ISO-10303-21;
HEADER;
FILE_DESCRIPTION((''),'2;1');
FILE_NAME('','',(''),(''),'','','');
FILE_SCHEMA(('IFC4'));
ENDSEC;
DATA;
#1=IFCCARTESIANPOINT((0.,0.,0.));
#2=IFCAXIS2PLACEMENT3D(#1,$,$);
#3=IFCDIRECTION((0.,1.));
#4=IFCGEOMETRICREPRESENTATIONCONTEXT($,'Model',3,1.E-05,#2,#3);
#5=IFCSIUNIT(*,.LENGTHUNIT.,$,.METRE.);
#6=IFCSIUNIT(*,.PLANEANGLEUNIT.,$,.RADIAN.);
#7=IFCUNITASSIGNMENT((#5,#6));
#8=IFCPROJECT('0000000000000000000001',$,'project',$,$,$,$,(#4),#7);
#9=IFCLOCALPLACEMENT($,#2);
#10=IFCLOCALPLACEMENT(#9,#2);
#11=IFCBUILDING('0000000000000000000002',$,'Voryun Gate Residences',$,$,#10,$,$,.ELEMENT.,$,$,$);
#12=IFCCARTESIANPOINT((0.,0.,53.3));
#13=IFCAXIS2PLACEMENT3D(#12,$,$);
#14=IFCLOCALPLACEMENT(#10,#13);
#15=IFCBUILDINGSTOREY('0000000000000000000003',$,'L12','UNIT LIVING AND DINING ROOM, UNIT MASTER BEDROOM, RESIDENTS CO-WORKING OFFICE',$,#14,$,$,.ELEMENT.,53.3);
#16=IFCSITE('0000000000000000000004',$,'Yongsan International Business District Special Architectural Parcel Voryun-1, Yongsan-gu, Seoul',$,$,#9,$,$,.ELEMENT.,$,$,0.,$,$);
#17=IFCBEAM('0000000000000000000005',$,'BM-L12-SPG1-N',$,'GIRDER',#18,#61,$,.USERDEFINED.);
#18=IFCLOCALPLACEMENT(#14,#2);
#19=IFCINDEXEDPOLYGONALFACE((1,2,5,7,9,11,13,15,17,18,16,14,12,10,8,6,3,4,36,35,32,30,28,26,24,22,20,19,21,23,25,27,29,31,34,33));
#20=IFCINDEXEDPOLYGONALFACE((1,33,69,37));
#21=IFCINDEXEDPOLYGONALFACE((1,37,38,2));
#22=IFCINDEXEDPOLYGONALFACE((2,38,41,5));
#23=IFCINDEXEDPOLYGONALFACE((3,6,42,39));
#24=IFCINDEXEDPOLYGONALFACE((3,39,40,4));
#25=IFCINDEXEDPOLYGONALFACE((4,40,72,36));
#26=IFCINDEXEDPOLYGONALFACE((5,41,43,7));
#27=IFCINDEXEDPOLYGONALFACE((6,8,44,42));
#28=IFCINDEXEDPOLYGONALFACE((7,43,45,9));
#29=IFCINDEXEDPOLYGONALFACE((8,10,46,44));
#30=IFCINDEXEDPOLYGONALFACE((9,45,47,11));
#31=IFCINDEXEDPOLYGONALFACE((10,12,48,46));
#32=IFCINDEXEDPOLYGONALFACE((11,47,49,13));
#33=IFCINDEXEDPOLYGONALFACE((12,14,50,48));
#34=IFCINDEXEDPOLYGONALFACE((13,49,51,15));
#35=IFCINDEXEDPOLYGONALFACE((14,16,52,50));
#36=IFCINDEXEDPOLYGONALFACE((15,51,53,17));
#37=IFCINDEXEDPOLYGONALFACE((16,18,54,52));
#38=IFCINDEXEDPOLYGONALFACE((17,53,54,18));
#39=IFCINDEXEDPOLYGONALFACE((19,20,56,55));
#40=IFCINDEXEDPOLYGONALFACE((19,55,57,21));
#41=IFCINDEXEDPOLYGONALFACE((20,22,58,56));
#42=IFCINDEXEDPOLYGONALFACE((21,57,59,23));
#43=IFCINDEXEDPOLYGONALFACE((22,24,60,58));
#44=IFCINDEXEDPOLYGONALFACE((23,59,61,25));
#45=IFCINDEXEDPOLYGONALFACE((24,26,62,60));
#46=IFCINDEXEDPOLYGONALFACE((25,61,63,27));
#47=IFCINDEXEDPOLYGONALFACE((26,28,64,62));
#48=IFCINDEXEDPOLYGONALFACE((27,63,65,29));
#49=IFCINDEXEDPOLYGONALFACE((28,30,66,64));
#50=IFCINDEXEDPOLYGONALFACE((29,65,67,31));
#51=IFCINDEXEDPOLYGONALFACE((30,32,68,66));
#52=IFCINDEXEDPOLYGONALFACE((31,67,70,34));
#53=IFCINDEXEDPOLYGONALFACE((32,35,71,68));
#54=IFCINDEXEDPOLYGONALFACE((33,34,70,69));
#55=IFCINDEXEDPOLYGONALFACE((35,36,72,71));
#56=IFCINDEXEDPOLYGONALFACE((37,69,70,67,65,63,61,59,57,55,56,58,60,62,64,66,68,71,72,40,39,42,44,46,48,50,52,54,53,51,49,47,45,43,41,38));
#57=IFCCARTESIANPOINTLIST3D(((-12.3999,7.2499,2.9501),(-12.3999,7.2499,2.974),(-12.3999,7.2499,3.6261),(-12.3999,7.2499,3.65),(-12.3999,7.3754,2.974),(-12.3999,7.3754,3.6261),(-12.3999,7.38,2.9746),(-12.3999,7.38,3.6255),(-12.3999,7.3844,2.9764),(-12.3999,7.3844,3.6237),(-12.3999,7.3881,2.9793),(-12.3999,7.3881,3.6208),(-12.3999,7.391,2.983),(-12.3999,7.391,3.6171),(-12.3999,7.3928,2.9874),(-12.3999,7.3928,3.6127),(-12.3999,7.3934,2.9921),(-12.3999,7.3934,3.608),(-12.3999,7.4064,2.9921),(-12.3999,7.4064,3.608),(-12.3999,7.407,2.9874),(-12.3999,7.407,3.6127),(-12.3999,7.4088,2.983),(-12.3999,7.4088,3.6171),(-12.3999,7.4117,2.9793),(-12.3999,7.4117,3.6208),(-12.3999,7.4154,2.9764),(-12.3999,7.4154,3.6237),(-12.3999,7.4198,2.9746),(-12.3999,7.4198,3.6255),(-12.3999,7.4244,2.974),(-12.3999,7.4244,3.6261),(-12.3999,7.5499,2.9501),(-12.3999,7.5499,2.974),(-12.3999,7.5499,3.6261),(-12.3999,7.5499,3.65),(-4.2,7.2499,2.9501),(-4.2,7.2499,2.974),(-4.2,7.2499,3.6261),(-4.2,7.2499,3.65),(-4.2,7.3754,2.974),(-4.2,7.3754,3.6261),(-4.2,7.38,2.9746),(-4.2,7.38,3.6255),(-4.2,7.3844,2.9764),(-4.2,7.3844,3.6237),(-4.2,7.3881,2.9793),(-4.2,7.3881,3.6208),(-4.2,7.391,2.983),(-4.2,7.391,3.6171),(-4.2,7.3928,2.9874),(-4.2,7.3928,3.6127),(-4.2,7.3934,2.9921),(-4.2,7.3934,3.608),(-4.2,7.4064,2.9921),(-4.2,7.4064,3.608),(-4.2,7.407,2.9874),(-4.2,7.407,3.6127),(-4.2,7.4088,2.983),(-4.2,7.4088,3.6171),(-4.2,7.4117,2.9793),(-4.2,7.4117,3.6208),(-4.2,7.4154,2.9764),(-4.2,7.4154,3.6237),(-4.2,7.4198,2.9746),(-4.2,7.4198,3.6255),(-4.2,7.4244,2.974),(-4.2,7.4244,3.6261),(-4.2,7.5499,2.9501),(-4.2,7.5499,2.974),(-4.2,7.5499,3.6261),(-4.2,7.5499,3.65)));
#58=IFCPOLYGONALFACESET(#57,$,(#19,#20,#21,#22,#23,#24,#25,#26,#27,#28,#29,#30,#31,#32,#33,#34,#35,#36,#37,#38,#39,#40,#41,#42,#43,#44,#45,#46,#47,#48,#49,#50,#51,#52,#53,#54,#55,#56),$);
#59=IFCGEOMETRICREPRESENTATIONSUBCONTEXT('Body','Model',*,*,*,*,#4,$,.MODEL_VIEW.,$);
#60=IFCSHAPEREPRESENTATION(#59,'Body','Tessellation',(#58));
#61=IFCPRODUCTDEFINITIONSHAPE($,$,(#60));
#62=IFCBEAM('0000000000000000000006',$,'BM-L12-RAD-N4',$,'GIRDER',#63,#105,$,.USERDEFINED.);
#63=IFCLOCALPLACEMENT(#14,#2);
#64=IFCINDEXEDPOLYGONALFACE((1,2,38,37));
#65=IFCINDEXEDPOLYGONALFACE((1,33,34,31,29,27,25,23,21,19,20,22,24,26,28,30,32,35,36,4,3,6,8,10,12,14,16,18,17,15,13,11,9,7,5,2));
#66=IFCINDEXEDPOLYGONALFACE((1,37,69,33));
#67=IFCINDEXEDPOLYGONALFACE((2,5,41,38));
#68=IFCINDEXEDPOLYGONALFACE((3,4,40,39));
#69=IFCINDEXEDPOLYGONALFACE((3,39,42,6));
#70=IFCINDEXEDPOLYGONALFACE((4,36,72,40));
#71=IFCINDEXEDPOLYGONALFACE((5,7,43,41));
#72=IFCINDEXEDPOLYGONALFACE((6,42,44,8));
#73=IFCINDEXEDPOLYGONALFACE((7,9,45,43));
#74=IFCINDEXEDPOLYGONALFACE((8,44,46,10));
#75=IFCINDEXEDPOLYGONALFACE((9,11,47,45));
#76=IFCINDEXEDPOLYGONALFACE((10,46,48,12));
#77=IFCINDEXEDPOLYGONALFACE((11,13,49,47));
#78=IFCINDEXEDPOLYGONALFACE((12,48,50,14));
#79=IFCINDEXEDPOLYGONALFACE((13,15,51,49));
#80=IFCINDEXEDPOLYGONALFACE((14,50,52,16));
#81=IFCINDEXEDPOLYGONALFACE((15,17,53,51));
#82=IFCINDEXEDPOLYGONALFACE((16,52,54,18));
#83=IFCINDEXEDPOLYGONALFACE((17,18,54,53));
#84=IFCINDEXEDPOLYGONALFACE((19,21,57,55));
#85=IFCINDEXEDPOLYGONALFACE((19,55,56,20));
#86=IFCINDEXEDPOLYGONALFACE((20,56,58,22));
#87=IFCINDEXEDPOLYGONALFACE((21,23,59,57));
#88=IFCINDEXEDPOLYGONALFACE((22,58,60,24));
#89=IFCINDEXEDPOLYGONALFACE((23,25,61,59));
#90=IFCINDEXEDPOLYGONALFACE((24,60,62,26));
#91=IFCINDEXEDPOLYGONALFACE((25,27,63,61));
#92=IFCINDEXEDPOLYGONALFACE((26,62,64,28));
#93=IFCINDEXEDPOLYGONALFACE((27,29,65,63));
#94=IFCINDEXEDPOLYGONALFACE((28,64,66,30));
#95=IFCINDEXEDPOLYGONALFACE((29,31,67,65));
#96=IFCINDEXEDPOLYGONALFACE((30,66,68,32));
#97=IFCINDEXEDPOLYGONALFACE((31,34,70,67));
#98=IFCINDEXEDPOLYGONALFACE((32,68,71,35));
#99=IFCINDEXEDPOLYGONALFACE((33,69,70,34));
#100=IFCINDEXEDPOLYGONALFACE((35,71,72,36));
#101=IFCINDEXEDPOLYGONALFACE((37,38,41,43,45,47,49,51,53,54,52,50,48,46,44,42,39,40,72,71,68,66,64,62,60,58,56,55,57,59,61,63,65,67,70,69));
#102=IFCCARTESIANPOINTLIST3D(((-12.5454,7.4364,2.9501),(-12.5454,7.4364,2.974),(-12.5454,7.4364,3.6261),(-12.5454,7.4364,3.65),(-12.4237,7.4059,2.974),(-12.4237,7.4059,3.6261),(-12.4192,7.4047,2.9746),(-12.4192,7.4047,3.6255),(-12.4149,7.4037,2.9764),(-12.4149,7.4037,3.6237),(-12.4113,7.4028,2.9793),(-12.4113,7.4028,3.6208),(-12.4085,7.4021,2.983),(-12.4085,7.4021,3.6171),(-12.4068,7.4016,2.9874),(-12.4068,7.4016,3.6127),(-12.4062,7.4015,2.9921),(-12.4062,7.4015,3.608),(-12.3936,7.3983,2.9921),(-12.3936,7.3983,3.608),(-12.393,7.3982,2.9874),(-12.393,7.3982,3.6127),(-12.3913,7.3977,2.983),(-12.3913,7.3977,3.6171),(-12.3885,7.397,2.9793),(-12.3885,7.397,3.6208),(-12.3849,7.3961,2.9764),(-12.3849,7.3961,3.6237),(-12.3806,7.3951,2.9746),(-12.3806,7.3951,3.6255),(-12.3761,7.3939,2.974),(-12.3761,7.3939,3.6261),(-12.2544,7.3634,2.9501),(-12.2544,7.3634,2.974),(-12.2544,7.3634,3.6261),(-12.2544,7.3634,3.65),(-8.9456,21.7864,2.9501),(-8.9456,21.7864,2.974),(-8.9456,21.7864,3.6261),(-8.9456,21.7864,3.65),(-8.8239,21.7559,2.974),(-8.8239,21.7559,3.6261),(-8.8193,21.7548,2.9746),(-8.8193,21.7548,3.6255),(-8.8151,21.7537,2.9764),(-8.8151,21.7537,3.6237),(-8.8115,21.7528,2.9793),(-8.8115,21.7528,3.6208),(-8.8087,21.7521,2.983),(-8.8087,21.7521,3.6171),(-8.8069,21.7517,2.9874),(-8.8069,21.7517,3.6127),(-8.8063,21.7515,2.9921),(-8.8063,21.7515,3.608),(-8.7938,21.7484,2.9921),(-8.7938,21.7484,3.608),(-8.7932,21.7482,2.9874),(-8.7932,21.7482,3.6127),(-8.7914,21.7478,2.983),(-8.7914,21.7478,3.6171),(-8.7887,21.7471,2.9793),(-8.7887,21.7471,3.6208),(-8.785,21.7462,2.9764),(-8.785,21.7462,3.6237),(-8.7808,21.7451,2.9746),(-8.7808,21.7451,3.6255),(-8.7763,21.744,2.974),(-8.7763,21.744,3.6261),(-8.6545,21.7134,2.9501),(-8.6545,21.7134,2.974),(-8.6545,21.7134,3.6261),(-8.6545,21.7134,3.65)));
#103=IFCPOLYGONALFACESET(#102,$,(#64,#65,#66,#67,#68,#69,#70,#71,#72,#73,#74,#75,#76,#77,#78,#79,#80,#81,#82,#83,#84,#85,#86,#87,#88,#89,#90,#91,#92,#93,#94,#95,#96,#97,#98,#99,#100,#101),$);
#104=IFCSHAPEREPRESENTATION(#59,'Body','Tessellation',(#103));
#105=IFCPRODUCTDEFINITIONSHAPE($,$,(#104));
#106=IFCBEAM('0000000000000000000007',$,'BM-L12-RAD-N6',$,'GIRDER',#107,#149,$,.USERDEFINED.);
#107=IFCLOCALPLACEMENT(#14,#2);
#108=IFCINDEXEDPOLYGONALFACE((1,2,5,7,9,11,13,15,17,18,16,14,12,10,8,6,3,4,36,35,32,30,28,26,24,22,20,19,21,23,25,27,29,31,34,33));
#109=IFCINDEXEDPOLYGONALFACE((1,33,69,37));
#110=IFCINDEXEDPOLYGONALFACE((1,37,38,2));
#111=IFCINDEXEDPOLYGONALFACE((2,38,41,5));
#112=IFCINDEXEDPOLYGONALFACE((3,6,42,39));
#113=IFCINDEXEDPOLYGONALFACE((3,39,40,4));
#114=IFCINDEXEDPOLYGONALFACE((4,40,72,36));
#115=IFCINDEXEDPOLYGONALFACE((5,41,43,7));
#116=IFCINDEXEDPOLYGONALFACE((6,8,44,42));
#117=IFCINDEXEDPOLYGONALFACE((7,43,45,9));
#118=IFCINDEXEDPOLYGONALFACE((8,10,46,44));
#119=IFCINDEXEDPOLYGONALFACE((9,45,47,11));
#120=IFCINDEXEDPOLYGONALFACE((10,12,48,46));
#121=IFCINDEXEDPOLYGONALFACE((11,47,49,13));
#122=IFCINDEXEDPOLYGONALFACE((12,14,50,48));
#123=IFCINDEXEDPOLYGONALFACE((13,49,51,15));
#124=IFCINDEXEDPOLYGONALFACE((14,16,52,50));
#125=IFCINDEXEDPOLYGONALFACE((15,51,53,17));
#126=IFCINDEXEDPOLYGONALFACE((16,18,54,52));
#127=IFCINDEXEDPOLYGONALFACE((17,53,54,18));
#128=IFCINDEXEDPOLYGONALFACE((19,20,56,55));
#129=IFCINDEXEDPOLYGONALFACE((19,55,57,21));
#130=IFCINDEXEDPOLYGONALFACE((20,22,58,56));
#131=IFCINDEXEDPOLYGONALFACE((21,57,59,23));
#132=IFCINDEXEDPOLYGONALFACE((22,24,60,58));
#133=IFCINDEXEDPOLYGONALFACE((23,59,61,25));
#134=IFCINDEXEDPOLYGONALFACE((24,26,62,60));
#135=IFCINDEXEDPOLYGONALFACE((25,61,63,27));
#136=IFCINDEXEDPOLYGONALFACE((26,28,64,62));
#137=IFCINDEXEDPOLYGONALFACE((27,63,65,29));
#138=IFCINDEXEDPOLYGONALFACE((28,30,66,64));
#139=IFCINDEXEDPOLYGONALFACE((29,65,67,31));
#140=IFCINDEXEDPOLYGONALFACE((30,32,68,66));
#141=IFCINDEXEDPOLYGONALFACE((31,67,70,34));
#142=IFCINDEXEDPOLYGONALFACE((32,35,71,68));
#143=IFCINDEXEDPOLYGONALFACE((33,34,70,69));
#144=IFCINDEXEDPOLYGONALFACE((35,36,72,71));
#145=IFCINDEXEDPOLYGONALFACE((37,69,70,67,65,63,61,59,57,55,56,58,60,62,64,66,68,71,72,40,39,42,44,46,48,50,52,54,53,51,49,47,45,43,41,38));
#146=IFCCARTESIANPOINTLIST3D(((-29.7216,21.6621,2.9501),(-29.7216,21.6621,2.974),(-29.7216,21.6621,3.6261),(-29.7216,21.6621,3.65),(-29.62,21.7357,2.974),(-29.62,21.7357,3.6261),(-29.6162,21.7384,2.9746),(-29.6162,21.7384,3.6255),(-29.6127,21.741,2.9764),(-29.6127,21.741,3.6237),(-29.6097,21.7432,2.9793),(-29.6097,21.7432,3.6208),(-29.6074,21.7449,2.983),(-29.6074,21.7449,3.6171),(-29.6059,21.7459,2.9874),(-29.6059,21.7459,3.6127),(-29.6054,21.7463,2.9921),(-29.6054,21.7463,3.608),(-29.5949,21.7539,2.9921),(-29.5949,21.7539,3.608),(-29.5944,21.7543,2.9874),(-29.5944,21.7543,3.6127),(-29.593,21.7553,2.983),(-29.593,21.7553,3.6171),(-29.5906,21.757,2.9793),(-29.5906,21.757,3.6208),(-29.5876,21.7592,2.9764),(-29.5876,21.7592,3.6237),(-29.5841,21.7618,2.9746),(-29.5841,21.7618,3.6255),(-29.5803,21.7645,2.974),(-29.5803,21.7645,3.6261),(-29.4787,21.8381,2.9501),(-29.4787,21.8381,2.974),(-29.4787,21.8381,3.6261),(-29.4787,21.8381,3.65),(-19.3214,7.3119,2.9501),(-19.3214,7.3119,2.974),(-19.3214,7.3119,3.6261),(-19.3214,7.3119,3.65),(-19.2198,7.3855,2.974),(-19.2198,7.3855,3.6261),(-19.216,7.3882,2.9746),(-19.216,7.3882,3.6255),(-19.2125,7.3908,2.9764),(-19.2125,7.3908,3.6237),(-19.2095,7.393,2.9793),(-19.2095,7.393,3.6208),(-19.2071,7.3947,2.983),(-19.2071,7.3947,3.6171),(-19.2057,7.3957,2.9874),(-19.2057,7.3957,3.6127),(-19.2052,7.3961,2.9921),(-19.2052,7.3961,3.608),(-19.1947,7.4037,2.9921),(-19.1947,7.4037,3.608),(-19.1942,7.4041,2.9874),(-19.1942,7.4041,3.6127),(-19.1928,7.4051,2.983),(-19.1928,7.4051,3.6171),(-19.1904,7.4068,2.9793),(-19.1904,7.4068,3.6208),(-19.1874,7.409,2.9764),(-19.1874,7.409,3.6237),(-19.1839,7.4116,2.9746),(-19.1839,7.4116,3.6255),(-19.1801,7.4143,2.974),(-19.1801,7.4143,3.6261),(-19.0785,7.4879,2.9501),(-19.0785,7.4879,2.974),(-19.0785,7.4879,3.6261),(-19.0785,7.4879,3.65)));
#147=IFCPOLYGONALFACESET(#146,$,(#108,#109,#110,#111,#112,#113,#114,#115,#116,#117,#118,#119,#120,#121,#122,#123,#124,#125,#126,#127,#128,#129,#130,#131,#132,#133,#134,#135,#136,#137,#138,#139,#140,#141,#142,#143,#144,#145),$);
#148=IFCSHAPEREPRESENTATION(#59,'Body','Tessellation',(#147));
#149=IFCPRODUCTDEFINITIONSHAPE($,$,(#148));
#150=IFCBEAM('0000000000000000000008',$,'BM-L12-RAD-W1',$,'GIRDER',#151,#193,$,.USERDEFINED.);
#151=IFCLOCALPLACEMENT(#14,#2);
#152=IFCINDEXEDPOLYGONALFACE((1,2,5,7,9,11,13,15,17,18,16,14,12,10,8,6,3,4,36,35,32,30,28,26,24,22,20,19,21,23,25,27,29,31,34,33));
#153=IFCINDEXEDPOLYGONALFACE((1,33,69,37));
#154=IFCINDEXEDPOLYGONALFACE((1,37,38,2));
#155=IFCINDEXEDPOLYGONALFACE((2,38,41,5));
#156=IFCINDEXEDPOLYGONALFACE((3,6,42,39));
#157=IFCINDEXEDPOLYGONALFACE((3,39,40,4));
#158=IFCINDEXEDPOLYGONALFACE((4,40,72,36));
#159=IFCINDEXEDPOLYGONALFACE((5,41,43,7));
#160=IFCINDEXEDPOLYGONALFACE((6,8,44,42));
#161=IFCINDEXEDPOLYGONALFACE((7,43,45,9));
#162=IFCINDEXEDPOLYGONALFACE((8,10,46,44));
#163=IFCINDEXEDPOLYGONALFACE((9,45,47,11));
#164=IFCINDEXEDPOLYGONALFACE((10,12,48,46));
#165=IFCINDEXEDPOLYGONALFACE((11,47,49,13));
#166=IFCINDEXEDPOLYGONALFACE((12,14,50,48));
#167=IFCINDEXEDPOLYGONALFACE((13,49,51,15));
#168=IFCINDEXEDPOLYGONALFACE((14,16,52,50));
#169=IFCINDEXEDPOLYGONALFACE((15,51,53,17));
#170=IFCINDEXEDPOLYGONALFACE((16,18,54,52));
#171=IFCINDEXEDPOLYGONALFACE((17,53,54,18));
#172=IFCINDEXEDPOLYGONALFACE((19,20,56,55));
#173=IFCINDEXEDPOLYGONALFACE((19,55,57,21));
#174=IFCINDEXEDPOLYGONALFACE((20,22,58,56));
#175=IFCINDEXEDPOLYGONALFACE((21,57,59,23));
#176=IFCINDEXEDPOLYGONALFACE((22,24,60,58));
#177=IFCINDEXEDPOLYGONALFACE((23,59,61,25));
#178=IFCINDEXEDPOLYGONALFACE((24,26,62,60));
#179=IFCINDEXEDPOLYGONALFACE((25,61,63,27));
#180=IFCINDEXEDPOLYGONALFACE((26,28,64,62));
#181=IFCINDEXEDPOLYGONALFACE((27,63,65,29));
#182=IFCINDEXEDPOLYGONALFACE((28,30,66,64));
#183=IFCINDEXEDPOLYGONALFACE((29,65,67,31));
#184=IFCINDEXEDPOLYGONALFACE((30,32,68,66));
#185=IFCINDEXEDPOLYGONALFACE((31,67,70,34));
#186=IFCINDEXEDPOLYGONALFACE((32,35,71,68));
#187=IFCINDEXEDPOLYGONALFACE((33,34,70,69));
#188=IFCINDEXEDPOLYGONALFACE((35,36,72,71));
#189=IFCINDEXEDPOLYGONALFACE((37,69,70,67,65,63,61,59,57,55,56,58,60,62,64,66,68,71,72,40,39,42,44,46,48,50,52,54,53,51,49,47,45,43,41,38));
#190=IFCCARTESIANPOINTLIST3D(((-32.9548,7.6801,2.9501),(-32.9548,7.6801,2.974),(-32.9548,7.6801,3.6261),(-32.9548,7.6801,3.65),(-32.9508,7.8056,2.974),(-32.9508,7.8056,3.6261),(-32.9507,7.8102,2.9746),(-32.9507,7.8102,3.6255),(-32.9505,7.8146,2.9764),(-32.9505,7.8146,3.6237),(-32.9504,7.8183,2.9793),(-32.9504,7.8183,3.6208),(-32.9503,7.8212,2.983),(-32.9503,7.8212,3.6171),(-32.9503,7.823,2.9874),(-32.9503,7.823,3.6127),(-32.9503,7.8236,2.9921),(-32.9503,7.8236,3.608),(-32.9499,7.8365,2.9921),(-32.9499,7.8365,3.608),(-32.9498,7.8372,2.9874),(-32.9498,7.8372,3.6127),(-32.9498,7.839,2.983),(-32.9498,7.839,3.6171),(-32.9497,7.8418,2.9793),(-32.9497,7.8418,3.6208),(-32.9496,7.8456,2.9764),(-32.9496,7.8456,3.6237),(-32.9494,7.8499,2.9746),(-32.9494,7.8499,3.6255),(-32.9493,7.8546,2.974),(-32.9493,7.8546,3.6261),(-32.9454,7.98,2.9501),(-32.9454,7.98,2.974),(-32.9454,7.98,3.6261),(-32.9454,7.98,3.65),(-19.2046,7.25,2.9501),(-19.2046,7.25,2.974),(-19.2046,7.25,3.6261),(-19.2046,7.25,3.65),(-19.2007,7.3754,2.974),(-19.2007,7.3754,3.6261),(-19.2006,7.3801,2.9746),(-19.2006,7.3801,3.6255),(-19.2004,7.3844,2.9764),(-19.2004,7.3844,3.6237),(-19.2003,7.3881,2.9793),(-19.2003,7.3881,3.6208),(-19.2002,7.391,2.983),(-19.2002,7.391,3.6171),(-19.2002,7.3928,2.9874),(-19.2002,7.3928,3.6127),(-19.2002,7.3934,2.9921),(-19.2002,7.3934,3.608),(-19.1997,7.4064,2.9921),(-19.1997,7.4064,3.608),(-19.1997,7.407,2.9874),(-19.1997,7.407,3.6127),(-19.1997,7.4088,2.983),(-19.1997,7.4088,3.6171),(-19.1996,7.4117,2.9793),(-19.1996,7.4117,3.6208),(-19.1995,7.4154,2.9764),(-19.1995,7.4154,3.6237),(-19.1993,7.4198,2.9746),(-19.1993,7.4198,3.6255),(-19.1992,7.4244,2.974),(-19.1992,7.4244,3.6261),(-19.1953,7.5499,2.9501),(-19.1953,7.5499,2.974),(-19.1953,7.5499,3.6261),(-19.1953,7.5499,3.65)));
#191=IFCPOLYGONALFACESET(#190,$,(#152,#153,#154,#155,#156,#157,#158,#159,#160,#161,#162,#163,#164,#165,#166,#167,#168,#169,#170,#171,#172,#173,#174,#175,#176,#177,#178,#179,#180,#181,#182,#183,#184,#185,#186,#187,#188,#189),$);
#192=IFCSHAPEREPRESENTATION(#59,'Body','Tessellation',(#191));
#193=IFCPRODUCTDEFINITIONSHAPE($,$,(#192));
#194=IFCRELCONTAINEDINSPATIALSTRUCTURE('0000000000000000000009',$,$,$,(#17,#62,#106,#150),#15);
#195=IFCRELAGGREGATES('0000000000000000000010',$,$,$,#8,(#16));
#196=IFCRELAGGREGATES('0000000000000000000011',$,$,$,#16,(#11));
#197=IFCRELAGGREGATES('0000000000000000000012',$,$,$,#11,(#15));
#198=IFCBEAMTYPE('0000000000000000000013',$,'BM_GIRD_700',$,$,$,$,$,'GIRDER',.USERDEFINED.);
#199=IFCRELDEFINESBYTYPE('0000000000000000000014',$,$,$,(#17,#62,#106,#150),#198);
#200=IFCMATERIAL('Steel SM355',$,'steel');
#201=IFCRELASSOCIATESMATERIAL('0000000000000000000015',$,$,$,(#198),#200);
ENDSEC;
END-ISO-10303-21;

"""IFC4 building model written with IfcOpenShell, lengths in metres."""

from ifc_helpers import new_model, si_unit, direction, frame, origin, origin_2d, place, context, subcontext, project, spatial, i_section, extrude, material, material_profile, profile_set, type_object, element, save


model = new_model("IFC4")

# Units and contexts
model_context = context("Model", 3, precision=1e-05, world=origin(), true_north=direction((0.0, 1.0)))
body_context = subcontext(model_context, "Body", "Model", "MODEL_VIEW")
ifc_project = project(units=[si_unit("LENGTHUNIT", "METRE"), si_unit("PLANEANGLEUNIT", "RADIAN")], contexts=[model_context])

# Site, building, storey
site_placement = place(None, origin())
site = spatial("IfcSite", under=ifc_project, at=site_placement, Name="Yongsan International Business District Special Architectural Parcel Voryun-1, Yongsan-gu, Seoul", CompositionType="ELEMENT", RefElevation=0.0)
building_placement = place(site_placement, origin())
building = spatial("IfcBuilding", under=site, at=building_placement, Name="Voryun Gate Residences", CompositionType="ELEMENT")
storey_placement = place(building_placement, frame((0.0, 0.0, 53.3)))
storey = spatial("IfcBuildingStorey", under=building, at=storey_placement, Name="L12", Description="UNIT LIVING AND DINING ROOM, UNIT MASTER BEDROOM, RESIDENTS CO-WORKING OFFICE", CompositionType="ELEMENT", Elevation=53.3)

# Beams
ifc_material_1 = material(Name="Steel SM355", Category="steel")
ifc_material_profile_1 = material_profile(ifc_material_1, i_section(OverallWidth=0.3, OverallDepth=0.7, WebThickness=0.0129, FlangeThickness=0.0239, FilletRadius=0.0181, at=origin_2d()), Name="H-700x300x13x24")
ifc_profile_set_1 = profile_set([ifc_material_profile_1], Name="Steel SM355")
beam_type_1 = type_object("IfcBeamType", Name="BM_GIRD_700", ElementType="GIRDER", PredefinedType="USERDEFINED", material=ifc_profile_set_1)
beam_1_placement = place(storey_placement, frame((-12.3999, 7.3999, 3.3), z_axis=(1.0, 0.0, 0.0), x_axis=(0.0, 1.0, 0.0)))
element("IfcBeam", 1, at=beam_1_placement, inside=storey, type_object=beam_type_1, Name="BM-L12-SPG1-N", ObjectType="GIRDER", PredefinedType="USERDEFINED", context=body_context, shape_type="SweptSolid", body=[
    extrude(i_section(OverallWidth=0.3, OverallDepth=0.7, WebThickness=0.0129, FlangeThickness=0.0239, FilletRadius=0.0181, at=origin_2d()), origin(), (0.0, 0.0, 1.0), 8.2),
])
beam_2_placement = place(storey_placement, frame((-12.3999, 7.3999, 3.3), z_axis=(0.24332, 0.969946, 0.0), x_axis=(-0.969946, 0.24332, 0.0)))
element("IfcBeam", 2, at=beam_2_placement, inside=storey, type_object=beam_type_1, Name="BM-L12-RAD-N4", ObjectType="GIRDER", PredefinedType="USERDEFINED", context=body_context, shape_type="SweptSolid", body=[
    extrude(i_section(OverallWidth=0.3, OverallDepth=0.7, WebThickness=0.0129, FlangeThickness=0.0239, FilletRadius=0.0181, at=origin_2d()), origin(), (0.0, 0.0, 1.0), 14.7947),
])
beam_3_placement = place(storey_placement, frame((-19.2, 7.3999, 3.3), z_axis=(-0.586832, 0.809709, 0.0), x_axis=(-0.809709, -0.586832, 0.0)))
element("IfcBeam", 3, at=beam_3_placement, inside=storey, type_object=beam_type_1, Name="BM-L12-RAD-N6", ObjectType="GIRDER", PredefinedType="USERDEFINED", context=body_context, shape_type="SweptSolid", body=[
    extrude(i_section(OverallWidth=0.3, OverallDepth=0.7, WebThickness=0.0129, FlangeThickness=0.0239, FilletRadius=0.0181, at=origin_2d()), origin(), (0.0, 0.0, 1.0), 17.7227),
])
beam_4_placement = place(storey_placement, frame((-19.2, 7.3999, 3.3), z_axis=(-0.999511, 0.03127, 0.0), x_axis=(-0.03127, -0.999511, 0.0)))
element("IfcBeam", 4, at=beam_4_placement, inside=storey, type_object=beam_type_1, Name="BM-L12-RAD-W1", ObjectType="GIRDER", PredefinedType="USERDEFINED", context=body_context, shape_type="SweptSolid", body=[
    extrude(i_section(OverallWidth=0.3, OverallDepth=0.7, WebThickness=0.0129, FlangeThickness=0.0239, FilletRadius=0.0181, at=origin_2d()), origin(), (0.0, 0.0, 1.0), 13.7568),
])

save(model, "model.ifc")
